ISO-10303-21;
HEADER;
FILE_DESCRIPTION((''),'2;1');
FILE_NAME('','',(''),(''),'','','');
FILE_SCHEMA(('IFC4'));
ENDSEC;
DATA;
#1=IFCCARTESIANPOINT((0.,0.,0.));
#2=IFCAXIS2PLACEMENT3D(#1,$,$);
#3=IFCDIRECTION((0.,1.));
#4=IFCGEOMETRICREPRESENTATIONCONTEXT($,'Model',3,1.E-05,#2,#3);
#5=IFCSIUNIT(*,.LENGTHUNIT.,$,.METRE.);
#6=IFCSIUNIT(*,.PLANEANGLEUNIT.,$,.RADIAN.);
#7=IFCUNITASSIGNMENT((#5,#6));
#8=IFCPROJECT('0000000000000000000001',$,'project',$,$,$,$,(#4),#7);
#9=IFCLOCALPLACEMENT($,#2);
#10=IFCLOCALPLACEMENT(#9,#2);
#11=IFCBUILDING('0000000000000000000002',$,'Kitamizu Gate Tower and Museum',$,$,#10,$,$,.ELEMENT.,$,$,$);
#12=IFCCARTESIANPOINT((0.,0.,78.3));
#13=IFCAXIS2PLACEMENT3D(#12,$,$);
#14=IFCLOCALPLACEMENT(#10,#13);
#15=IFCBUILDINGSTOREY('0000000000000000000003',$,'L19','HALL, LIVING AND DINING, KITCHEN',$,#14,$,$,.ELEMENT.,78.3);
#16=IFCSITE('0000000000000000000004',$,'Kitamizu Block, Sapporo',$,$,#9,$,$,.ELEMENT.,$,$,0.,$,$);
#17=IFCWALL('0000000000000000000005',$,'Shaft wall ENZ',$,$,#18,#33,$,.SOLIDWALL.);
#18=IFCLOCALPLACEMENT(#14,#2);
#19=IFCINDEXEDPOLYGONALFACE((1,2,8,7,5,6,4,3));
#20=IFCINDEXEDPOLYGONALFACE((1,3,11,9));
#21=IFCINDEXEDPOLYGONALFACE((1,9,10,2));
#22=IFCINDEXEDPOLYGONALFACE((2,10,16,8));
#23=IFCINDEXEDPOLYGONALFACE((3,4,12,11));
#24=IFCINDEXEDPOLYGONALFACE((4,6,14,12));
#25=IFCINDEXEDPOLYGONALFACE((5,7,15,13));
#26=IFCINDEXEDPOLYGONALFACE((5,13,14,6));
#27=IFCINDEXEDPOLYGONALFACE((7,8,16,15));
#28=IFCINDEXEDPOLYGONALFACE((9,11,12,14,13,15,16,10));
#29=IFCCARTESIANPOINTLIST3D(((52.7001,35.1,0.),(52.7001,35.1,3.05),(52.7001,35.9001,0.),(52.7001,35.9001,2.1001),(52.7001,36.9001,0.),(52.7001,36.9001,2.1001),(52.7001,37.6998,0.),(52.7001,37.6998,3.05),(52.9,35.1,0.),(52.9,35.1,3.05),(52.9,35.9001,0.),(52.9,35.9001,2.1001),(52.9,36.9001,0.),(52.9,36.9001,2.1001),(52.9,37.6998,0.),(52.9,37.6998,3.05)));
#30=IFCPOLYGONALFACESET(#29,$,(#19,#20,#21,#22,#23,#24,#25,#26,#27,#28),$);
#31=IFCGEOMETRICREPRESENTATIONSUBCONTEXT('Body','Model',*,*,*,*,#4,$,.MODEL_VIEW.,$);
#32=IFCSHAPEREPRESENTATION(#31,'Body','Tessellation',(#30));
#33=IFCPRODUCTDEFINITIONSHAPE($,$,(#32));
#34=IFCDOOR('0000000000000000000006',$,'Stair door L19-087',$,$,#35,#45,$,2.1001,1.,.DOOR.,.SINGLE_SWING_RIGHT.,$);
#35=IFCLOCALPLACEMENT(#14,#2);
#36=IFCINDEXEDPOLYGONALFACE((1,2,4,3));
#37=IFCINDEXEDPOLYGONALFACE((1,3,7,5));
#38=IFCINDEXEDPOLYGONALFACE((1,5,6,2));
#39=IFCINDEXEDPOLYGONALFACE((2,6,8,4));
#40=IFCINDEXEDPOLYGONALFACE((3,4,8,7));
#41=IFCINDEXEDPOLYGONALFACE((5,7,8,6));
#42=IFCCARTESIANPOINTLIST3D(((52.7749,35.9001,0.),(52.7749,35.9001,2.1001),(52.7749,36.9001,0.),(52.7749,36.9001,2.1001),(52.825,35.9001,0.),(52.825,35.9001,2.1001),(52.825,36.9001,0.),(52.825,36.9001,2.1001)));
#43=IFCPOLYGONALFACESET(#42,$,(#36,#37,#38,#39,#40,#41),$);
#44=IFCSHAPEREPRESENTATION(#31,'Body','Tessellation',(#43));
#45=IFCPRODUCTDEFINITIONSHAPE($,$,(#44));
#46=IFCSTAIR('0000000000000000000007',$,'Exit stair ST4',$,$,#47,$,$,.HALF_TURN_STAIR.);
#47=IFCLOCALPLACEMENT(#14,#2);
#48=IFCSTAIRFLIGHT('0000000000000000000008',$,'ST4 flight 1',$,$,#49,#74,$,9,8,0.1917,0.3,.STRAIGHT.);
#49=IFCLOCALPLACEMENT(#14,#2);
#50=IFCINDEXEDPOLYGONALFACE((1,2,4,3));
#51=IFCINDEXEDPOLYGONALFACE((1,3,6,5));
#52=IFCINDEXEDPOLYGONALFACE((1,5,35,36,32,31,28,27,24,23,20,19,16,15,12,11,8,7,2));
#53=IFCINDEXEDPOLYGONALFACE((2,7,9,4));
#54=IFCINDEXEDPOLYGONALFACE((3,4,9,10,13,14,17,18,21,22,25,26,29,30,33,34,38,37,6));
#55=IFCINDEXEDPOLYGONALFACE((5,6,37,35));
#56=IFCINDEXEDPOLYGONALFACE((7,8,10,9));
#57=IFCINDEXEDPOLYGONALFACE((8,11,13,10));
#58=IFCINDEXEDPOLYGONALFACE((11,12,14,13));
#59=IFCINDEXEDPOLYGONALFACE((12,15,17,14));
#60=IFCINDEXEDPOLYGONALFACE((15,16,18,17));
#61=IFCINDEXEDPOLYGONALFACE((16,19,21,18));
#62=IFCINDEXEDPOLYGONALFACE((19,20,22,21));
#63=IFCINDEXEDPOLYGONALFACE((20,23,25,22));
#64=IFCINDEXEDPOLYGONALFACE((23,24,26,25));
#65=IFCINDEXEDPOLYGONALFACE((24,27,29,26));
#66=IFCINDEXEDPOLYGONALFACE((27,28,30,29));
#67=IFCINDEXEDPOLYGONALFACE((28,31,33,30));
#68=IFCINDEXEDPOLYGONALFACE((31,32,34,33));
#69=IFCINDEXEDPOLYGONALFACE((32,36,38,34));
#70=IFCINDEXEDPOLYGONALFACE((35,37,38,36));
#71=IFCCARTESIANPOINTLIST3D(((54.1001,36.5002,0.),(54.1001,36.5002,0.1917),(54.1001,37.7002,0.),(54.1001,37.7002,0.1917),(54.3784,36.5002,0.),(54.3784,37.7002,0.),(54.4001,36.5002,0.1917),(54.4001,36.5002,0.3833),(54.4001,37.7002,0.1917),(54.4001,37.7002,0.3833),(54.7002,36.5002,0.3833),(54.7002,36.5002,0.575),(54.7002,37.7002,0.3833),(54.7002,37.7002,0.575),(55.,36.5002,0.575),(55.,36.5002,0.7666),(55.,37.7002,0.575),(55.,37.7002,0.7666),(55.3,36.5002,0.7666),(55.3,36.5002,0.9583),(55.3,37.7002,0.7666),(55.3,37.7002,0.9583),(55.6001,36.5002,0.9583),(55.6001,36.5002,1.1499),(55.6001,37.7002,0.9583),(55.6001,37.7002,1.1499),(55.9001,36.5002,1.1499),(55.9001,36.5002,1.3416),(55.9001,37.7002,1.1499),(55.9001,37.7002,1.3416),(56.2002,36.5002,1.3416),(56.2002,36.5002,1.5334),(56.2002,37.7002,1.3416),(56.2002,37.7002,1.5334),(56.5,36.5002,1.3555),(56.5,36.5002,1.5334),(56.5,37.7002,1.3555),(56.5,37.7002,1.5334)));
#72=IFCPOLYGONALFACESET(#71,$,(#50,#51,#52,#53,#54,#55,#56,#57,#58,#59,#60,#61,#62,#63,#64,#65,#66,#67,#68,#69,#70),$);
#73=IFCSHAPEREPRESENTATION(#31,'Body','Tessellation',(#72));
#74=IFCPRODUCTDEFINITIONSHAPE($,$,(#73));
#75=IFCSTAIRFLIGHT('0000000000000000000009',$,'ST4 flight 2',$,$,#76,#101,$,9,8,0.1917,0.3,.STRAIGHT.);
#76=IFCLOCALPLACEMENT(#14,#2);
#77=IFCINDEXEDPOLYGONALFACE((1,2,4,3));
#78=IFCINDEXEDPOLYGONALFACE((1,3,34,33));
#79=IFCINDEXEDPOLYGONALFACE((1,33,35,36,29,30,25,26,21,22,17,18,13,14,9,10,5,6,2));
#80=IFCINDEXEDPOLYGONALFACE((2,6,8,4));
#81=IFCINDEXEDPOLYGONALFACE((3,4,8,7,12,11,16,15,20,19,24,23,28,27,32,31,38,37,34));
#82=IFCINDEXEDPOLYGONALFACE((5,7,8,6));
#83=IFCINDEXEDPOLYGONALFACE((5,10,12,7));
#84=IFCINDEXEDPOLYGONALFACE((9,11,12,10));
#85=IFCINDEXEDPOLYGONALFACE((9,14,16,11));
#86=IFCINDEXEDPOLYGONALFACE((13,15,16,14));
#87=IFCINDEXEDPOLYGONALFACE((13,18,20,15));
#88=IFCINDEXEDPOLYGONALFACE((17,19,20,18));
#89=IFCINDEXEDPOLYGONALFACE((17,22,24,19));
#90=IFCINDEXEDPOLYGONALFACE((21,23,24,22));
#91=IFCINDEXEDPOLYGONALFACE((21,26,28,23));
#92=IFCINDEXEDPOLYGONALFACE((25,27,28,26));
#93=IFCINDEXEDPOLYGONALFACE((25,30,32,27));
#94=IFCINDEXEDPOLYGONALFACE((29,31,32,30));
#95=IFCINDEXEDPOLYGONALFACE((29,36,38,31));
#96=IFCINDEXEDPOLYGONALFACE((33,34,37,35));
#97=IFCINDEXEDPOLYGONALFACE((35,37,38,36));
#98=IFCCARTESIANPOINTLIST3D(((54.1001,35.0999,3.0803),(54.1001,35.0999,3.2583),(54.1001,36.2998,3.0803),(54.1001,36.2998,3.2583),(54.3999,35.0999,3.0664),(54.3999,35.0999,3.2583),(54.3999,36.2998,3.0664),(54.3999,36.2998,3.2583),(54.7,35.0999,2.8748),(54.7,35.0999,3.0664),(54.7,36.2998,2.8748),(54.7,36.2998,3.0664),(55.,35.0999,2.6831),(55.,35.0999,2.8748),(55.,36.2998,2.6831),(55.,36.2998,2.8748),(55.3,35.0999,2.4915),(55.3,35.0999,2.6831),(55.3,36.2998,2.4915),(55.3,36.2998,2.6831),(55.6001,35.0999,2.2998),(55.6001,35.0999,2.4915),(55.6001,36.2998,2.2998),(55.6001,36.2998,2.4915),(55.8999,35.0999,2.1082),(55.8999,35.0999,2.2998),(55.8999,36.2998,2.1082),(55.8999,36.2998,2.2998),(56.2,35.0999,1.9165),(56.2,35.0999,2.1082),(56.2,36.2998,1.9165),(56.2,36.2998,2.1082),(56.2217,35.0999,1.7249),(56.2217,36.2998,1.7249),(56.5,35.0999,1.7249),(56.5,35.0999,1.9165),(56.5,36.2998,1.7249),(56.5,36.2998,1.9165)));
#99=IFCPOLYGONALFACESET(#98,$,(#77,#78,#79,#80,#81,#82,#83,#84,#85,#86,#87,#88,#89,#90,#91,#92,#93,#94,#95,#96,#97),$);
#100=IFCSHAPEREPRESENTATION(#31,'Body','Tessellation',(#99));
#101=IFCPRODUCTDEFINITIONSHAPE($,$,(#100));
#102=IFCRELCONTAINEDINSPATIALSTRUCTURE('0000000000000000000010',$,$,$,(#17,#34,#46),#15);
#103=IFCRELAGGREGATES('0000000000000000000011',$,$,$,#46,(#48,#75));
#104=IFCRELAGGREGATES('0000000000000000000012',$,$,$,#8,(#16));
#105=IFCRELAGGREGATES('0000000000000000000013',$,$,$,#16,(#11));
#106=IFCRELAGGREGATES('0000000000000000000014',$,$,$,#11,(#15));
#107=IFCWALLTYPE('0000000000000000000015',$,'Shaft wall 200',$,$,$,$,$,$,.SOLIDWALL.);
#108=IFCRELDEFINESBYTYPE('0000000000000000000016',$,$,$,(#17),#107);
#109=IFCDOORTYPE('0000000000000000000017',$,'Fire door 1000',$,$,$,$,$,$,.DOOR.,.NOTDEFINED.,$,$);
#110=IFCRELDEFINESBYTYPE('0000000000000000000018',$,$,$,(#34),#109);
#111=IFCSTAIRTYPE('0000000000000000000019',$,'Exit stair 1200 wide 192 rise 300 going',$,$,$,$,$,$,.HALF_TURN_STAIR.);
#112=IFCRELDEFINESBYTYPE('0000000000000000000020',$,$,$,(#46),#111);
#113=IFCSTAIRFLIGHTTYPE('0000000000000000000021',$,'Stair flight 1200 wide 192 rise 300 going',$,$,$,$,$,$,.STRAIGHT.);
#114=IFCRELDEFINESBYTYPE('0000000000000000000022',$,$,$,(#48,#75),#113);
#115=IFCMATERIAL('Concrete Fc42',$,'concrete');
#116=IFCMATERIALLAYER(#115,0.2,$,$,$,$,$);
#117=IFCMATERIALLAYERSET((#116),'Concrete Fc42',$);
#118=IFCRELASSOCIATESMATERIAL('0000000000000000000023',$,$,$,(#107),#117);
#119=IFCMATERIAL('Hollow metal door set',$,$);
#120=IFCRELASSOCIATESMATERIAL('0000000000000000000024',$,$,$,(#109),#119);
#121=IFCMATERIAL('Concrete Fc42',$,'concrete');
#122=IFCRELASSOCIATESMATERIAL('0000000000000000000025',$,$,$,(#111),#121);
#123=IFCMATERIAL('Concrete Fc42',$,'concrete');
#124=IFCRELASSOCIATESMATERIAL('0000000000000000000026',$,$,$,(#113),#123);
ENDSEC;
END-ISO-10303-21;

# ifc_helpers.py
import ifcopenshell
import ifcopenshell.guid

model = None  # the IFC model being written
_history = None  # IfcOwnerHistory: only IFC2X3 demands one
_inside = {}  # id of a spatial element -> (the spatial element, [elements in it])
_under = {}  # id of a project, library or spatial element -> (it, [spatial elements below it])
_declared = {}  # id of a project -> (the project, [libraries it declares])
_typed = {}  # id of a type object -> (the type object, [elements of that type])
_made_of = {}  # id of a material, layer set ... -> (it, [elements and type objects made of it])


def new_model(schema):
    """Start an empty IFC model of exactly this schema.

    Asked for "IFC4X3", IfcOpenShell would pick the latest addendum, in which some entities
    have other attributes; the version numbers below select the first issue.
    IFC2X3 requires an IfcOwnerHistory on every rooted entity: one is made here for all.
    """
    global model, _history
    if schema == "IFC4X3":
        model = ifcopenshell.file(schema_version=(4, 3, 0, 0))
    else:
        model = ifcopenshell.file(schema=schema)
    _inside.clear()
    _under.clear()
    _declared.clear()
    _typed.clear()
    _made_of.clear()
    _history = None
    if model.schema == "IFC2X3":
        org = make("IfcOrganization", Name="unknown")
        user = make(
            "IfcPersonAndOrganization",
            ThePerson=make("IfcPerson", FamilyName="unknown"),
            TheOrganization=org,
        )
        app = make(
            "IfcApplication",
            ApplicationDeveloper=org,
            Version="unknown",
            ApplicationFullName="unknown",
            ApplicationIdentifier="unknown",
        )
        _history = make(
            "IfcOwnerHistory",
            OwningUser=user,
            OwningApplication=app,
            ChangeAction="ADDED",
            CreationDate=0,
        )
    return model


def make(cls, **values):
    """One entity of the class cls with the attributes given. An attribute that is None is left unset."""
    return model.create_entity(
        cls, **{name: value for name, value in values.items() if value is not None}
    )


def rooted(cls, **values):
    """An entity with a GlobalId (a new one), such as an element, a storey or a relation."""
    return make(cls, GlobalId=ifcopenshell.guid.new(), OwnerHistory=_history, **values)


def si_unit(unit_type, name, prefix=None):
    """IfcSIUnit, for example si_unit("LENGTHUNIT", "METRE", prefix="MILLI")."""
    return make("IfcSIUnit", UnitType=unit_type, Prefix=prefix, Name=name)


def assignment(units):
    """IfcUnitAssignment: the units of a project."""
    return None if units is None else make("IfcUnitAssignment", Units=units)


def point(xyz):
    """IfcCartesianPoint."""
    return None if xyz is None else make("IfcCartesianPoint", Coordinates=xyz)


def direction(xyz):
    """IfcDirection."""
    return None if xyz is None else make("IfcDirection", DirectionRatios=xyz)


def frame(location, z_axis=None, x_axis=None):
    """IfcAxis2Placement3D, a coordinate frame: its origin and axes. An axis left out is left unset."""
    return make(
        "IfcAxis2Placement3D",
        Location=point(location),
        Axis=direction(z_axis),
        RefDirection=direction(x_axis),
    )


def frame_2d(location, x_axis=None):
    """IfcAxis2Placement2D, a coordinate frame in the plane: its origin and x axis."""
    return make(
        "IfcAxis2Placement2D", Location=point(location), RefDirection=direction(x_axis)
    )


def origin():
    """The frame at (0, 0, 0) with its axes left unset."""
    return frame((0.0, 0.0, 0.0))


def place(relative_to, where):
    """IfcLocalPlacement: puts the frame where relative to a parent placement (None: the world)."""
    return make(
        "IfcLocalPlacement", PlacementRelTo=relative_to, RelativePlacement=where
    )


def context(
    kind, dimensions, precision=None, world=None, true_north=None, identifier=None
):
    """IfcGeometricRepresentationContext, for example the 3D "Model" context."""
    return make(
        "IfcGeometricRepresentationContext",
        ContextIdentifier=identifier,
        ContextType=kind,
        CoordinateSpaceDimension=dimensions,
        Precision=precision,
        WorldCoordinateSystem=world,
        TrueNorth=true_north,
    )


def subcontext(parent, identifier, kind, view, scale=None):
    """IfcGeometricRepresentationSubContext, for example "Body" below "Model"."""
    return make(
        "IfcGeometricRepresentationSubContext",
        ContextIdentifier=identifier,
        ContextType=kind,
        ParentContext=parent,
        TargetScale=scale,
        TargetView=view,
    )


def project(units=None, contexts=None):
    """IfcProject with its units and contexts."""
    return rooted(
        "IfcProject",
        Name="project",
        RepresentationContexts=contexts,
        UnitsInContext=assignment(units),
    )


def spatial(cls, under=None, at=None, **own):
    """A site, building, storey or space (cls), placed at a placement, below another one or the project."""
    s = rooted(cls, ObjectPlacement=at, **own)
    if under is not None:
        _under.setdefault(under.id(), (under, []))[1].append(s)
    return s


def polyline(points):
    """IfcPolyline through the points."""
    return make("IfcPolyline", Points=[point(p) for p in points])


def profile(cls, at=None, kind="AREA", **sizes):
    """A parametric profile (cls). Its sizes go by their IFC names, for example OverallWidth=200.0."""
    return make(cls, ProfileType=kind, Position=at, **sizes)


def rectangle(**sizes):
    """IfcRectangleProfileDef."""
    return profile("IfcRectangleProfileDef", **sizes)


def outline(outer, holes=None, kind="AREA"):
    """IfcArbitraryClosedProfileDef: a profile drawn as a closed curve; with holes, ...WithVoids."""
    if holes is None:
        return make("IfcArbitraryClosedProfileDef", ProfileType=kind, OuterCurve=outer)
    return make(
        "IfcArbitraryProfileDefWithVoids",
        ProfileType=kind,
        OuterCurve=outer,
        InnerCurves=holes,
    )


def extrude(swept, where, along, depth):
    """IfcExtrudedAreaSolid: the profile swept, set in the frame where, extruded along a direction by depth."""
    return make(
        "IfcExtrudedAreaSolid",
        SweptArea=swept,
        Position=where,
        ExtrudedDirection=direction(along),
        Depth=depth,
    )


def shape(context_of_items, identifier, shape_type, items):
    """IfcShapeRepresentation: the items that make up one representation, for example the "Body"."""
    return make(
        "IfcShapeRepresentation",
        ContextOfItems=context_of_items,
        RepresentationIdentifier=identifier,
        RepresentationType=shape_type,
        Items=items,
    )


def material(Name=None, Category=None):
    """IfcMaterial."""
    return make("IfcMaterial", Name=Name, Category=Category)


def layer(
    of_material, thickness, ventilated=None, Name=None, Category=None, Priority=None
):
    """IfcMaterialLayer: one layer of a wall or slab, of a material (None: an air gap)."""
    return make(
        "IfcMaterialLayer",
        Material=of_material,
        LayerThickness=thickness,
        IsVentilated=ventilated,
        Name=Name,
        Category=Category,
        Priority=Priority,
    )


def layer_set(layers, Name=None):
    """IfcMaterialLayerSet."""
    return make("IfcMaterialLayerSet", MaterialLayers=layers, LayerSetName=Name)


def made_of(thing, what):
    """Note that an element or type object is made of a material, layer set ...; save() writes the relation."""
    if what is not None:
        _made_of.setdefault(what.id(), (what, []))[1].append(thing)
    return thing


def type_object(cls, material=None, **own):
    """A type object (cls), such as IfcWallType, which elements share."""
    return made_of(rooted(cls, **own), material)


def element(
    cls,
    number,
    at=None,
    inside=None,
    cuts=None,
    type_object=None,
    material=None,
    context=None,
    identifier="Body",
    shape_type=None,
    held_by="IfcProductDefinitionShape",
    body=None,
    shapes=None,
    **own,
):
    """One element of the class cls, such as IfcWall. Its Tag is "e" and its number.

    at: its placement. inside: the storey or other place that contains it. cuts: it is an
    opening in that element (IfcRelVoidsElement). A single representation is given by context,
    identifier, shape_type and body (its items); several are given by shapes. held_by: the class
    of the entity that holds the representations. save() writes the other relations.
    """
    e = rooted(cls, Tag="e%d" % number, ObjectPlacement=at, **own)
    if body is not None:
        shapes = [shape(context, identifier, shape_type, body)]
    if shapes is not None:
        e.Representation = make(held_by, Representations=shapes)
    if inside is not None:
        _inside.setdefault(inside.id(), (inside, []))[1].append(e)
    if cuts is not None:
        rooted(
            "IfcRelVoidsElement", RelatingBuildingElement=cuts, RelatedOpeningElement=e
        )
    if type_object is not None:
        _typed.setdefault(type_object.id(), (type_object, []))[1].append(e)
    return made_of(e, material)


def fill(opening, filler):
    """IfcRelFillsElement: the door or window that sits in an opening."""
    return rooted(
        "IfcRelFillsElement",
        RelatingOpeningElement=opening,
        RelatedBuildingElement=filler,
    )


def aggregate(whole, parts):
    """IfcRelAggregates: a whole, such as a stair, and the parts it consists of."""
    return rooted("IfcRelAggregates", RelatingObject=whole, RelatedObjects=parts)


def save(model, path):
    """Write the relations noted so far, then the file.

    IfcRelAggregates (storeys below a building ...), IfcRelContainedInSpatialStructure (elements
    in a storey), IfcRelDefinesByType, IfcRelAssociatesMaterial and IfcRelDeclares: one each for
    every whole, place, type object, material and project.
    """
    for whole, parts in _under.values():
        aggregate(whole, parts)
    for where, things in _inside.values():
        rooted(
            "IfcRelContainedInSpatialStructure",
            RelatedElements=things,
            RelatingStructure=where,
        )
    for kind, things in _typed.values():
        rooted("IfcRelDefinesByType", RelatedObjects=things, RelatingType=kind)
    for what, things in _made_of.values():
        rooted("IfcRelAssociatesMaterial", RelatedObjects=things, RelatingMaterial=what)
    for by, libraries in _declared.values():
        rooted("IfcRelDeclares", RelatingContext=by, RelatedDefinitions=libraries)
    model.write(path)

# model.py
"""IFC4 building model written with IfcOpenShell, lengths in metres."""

from ifc_helpers import new_model, si_unit, direction, frame, frame_2d, origin, place, context, subcontext, project, spatial, polyline, rectangle, outline, extrude, material, layer, layer_set, type_object, element, fill, aggregate, save


model = new_model("IFC4")

# Units and contexts
model_context = context("Model", 3, precision=1e-05, world=origin(), true_north=direction((0.0, 1.0)))
body_context = subcontext(model_context, "Body", "Model", "MODEL_VIEW")
ifc_project = project(units=[si_unit("LENGTHUNIT", "METRE"), si_unit("PLANEANGLEUNIT", "RADIAN")], contexts=[model_context])

# Site, building, storey
site_placement = place(None, origin())
site = spatial("IfcSite", under=ifc_project, at=site_placement, Name="Kitamizu Block, Sapporo", CompositionType="ELEMENT", RefElevation=0.0)
building_placement = place(site_placement, origin())
building = spatial("IfcBuilding", under=site, at=building_placement, Name="Kitamizu Gate Tower and Museum", CompositionType="ELEMENT")
storey_placement = place(building_placement, frame((0.0, 0.0, 78.3)))
storey = spatial("IfcBuildingStorey", under=building, at=storey_placement, Name="L19", Description="HALL, LIVING AND DINING, KITCHEN", CompositionType="ELEMENT", Elevation=78.3)

# Shared definitions
ifc_material_1 = material(Name="Concrete Fc42", Category="concrete")
ifc_layer_1 = layer(ifc_material_1, 0.2)
ifc_layer_set_1 = layer_set([ifc_layer_1], Name="Concrete Fc42")
wall_type_1 = type_object("IfcWallType", Name="Shaft wall 200", PredefinedType="SOLIDWALL", material=ifc_layer_set_1)

# Wall, opening, door
wall_1_placement = place(storey_placement, frame((52.8, 35.1001, 0.0), z_axis=(0.0, 0.0, 1.0), x_axis=(0.0, 1.0, 0.0)))
wall_1 = element("IfcWall", 1, at=wall_1_placement, inside=storey, type_object=wall_type_1, Name="Shaft wall ENZ", PredefinedType="SOLIDWALL", context=body_context, shape_type="SweptSolid", body=[
    extrude(rectangle(XDim=2.5999, YDim=0.2, at=frame_2d((1.2998, 0.0))), origin(), (0.0, 0.0, 1.0), 3.05),
])
opening_1_placement = place(wall_1_placement, frame((0.8, 0.0, 0.0)))
opening_1 = element("IfcOpeningElement", 2, at=opening_1_placement, cuts=wall_1, PredefinedType="OPENING", context=body_context, shape_type="SweptSolid", body=[
    extrude(rectangle(XDim=1.0, YDim=2.1001, at=frame_2d((0.5, 1.05))), frame((0.0, 0.1099, 0.0), z_axis=(0.0, -1.0, 0.0), x_axis=(1.0, 0.0, 0.0)), (0.0, 0.0, 1.0), 0.22),
])
ifc_material_2 = material(Name="Hollow metal door set")
door_type_1 = type_object("IfcDoorType", Name="Fire door 1000", OperationType="NOTDEFINED", PredefinedType="DOOR", material=ifc_material_2)
door_1_placement = place(opening_1_placement, frame((1.0, 0.0, 0.0), x_axis=(-1.0, 0.0, 0.0)))
door_1 = element("IfcDoor", 3, at=door_1_placement, inside=storey, type_object=door_type_1, Name="Stair door L19-087", OperationType="SINGLE_SWING_RIGHT", OverallHeight=2.1001, OverallWidth=1.0, PredefinedType="DOOR", context=body_context, shape_type="SweptSolid", body=[
    extrude(rectangle(XDim=1.0, YDim=2.1001, at=frame_2d((0.5, 1.05))), frame((0.0, 0.0249, 0.0), z_axis=(0.0, -1.0, 0.0), x_axis=(1.0, 0.0, 0.0)), (0.0, 0.0, 1.0), 0.05),
])
fill(opening_1, door_1)

# Stair, stair flights
ifc_material_3 = material(Name="Concrete Fc42", Category="concrete")
stair_type = type_object("IfcStairType", Name="Exit stair 1200 wide 192 rise 300 going", PredefinedType="HALF_TURN_STAIR", material=ifc_material_3)
stair_placement = place(storey_placement, origin())
stair = element("IfcStair", 4, at=stair_placement, inside=storey, type_object=stair_type, Name="Exit stair ST4", PredefinedType="HALF_TURN_STAIR")
ifc_material_4 = material(Name="Concrete Fc42", Category="concrete")
stair_flight_type = type_object("IfcStairFlightType", Name="Stair flight 1200 wide 192 rise 300 going", PredefinedType="STRAIGHT", material=ifc_material_4)
stair_flight_1_placement = place(storey_placement, frame((54.1001, 37.1001, 0.0), z_axis=(0.0, 0.0, 1.0), x_axis=(1.0, 0.0, 0.0)))
stair_flight_1 = element("IfcStairFlight", 5, at=stair_flight_1_placement, type_object=stair_flight_type, Name="ST4 flight 1", NumberOfRisers=9, NumberOfTreads=8, PredefinedType="STRAIGHT", RiserHeight=0.1917, TreadLength=0.3, context=body_context, shape_type="SweptSolid", body=[
    extrude(outline(polyline([(0.0, 0.0), (0.0, 0.1917), (0.3, 0.1917), (0.3, 0.3833), (0.6001, 0.3833), (0.6001, 0.575), (0.8999, 0.575), (0.8999, 0.7666), (1.2, 0.7666), (1.2, 0.9583), (1.5, 0.9583), (1.5, 1.1499), (1.8, 1.1499), (1.8, 1.3416), (2.1001, 1.3416), (2.1001, 1.5334), (2.3999, 1.5334), (2.3999, 1.7251), (2.3999, 1.3555), (0.2783, 0.0), (0.0, 0.0)])), frame((0.0, 0.6001, 0.0), z_axis=(0.0, -1.0, 0.0), x_axis=(1.0, 0.0, 0.0)), (0.0, 0.0, 1.0), 1.2),
])
stair_flight_2_placement = place(storey_placement, frame((56.5, 35.7, 1.7249), z_axis=(0.0, 0.0, 1.0), x_axis=(-1.0, 0.0, 0.0)))
stair_flight_2 = element("IfcStairFlight", 6, at=stair_flight_2_placement, type_object=stair_flight_type, Name="ST4 flight 2", NumberOfRisers=9, NumberOfTreads=8, PredefinedType="STRAIGHT", RiserHeight=0.1917, TreadLength=0.3, context=body_context, shape_type="SweptSolid", body=[
    extrude(outline(polyline([(0.0, 0.0), (0.0, 0.1917), (0.3, 0.1917), (0.3, 0.3833), (0.6001, 0.3833), (0.6001, 0.575), (0.8999, 0.575), (0.8999, 0.7666), (1.2, 0.7666), (1.2, 0.9583), (1.5, 0.9583), (1.5, 1.1499), (1.8, 1.1499), (1.8, 1.3416), (2.1001, 1.3416), (2.1001, 1.5334), (2.3999, 1.5334), (2.3999, 1.7251), (2.3999, 1.3555), (0.2783, 0.0), (0.0, 0.0)])), frame((0.0, 0.6001, 0.0), z_axis=(0.0, -1.0, 0.0), x_axis=(1.0, 0.0, 0.0)), (0.0, 0.0, 1.0), 1.2),
])
aggregate(stair, [stair_flight_1, stair_flight_2])

save(model, "model.ifc")
